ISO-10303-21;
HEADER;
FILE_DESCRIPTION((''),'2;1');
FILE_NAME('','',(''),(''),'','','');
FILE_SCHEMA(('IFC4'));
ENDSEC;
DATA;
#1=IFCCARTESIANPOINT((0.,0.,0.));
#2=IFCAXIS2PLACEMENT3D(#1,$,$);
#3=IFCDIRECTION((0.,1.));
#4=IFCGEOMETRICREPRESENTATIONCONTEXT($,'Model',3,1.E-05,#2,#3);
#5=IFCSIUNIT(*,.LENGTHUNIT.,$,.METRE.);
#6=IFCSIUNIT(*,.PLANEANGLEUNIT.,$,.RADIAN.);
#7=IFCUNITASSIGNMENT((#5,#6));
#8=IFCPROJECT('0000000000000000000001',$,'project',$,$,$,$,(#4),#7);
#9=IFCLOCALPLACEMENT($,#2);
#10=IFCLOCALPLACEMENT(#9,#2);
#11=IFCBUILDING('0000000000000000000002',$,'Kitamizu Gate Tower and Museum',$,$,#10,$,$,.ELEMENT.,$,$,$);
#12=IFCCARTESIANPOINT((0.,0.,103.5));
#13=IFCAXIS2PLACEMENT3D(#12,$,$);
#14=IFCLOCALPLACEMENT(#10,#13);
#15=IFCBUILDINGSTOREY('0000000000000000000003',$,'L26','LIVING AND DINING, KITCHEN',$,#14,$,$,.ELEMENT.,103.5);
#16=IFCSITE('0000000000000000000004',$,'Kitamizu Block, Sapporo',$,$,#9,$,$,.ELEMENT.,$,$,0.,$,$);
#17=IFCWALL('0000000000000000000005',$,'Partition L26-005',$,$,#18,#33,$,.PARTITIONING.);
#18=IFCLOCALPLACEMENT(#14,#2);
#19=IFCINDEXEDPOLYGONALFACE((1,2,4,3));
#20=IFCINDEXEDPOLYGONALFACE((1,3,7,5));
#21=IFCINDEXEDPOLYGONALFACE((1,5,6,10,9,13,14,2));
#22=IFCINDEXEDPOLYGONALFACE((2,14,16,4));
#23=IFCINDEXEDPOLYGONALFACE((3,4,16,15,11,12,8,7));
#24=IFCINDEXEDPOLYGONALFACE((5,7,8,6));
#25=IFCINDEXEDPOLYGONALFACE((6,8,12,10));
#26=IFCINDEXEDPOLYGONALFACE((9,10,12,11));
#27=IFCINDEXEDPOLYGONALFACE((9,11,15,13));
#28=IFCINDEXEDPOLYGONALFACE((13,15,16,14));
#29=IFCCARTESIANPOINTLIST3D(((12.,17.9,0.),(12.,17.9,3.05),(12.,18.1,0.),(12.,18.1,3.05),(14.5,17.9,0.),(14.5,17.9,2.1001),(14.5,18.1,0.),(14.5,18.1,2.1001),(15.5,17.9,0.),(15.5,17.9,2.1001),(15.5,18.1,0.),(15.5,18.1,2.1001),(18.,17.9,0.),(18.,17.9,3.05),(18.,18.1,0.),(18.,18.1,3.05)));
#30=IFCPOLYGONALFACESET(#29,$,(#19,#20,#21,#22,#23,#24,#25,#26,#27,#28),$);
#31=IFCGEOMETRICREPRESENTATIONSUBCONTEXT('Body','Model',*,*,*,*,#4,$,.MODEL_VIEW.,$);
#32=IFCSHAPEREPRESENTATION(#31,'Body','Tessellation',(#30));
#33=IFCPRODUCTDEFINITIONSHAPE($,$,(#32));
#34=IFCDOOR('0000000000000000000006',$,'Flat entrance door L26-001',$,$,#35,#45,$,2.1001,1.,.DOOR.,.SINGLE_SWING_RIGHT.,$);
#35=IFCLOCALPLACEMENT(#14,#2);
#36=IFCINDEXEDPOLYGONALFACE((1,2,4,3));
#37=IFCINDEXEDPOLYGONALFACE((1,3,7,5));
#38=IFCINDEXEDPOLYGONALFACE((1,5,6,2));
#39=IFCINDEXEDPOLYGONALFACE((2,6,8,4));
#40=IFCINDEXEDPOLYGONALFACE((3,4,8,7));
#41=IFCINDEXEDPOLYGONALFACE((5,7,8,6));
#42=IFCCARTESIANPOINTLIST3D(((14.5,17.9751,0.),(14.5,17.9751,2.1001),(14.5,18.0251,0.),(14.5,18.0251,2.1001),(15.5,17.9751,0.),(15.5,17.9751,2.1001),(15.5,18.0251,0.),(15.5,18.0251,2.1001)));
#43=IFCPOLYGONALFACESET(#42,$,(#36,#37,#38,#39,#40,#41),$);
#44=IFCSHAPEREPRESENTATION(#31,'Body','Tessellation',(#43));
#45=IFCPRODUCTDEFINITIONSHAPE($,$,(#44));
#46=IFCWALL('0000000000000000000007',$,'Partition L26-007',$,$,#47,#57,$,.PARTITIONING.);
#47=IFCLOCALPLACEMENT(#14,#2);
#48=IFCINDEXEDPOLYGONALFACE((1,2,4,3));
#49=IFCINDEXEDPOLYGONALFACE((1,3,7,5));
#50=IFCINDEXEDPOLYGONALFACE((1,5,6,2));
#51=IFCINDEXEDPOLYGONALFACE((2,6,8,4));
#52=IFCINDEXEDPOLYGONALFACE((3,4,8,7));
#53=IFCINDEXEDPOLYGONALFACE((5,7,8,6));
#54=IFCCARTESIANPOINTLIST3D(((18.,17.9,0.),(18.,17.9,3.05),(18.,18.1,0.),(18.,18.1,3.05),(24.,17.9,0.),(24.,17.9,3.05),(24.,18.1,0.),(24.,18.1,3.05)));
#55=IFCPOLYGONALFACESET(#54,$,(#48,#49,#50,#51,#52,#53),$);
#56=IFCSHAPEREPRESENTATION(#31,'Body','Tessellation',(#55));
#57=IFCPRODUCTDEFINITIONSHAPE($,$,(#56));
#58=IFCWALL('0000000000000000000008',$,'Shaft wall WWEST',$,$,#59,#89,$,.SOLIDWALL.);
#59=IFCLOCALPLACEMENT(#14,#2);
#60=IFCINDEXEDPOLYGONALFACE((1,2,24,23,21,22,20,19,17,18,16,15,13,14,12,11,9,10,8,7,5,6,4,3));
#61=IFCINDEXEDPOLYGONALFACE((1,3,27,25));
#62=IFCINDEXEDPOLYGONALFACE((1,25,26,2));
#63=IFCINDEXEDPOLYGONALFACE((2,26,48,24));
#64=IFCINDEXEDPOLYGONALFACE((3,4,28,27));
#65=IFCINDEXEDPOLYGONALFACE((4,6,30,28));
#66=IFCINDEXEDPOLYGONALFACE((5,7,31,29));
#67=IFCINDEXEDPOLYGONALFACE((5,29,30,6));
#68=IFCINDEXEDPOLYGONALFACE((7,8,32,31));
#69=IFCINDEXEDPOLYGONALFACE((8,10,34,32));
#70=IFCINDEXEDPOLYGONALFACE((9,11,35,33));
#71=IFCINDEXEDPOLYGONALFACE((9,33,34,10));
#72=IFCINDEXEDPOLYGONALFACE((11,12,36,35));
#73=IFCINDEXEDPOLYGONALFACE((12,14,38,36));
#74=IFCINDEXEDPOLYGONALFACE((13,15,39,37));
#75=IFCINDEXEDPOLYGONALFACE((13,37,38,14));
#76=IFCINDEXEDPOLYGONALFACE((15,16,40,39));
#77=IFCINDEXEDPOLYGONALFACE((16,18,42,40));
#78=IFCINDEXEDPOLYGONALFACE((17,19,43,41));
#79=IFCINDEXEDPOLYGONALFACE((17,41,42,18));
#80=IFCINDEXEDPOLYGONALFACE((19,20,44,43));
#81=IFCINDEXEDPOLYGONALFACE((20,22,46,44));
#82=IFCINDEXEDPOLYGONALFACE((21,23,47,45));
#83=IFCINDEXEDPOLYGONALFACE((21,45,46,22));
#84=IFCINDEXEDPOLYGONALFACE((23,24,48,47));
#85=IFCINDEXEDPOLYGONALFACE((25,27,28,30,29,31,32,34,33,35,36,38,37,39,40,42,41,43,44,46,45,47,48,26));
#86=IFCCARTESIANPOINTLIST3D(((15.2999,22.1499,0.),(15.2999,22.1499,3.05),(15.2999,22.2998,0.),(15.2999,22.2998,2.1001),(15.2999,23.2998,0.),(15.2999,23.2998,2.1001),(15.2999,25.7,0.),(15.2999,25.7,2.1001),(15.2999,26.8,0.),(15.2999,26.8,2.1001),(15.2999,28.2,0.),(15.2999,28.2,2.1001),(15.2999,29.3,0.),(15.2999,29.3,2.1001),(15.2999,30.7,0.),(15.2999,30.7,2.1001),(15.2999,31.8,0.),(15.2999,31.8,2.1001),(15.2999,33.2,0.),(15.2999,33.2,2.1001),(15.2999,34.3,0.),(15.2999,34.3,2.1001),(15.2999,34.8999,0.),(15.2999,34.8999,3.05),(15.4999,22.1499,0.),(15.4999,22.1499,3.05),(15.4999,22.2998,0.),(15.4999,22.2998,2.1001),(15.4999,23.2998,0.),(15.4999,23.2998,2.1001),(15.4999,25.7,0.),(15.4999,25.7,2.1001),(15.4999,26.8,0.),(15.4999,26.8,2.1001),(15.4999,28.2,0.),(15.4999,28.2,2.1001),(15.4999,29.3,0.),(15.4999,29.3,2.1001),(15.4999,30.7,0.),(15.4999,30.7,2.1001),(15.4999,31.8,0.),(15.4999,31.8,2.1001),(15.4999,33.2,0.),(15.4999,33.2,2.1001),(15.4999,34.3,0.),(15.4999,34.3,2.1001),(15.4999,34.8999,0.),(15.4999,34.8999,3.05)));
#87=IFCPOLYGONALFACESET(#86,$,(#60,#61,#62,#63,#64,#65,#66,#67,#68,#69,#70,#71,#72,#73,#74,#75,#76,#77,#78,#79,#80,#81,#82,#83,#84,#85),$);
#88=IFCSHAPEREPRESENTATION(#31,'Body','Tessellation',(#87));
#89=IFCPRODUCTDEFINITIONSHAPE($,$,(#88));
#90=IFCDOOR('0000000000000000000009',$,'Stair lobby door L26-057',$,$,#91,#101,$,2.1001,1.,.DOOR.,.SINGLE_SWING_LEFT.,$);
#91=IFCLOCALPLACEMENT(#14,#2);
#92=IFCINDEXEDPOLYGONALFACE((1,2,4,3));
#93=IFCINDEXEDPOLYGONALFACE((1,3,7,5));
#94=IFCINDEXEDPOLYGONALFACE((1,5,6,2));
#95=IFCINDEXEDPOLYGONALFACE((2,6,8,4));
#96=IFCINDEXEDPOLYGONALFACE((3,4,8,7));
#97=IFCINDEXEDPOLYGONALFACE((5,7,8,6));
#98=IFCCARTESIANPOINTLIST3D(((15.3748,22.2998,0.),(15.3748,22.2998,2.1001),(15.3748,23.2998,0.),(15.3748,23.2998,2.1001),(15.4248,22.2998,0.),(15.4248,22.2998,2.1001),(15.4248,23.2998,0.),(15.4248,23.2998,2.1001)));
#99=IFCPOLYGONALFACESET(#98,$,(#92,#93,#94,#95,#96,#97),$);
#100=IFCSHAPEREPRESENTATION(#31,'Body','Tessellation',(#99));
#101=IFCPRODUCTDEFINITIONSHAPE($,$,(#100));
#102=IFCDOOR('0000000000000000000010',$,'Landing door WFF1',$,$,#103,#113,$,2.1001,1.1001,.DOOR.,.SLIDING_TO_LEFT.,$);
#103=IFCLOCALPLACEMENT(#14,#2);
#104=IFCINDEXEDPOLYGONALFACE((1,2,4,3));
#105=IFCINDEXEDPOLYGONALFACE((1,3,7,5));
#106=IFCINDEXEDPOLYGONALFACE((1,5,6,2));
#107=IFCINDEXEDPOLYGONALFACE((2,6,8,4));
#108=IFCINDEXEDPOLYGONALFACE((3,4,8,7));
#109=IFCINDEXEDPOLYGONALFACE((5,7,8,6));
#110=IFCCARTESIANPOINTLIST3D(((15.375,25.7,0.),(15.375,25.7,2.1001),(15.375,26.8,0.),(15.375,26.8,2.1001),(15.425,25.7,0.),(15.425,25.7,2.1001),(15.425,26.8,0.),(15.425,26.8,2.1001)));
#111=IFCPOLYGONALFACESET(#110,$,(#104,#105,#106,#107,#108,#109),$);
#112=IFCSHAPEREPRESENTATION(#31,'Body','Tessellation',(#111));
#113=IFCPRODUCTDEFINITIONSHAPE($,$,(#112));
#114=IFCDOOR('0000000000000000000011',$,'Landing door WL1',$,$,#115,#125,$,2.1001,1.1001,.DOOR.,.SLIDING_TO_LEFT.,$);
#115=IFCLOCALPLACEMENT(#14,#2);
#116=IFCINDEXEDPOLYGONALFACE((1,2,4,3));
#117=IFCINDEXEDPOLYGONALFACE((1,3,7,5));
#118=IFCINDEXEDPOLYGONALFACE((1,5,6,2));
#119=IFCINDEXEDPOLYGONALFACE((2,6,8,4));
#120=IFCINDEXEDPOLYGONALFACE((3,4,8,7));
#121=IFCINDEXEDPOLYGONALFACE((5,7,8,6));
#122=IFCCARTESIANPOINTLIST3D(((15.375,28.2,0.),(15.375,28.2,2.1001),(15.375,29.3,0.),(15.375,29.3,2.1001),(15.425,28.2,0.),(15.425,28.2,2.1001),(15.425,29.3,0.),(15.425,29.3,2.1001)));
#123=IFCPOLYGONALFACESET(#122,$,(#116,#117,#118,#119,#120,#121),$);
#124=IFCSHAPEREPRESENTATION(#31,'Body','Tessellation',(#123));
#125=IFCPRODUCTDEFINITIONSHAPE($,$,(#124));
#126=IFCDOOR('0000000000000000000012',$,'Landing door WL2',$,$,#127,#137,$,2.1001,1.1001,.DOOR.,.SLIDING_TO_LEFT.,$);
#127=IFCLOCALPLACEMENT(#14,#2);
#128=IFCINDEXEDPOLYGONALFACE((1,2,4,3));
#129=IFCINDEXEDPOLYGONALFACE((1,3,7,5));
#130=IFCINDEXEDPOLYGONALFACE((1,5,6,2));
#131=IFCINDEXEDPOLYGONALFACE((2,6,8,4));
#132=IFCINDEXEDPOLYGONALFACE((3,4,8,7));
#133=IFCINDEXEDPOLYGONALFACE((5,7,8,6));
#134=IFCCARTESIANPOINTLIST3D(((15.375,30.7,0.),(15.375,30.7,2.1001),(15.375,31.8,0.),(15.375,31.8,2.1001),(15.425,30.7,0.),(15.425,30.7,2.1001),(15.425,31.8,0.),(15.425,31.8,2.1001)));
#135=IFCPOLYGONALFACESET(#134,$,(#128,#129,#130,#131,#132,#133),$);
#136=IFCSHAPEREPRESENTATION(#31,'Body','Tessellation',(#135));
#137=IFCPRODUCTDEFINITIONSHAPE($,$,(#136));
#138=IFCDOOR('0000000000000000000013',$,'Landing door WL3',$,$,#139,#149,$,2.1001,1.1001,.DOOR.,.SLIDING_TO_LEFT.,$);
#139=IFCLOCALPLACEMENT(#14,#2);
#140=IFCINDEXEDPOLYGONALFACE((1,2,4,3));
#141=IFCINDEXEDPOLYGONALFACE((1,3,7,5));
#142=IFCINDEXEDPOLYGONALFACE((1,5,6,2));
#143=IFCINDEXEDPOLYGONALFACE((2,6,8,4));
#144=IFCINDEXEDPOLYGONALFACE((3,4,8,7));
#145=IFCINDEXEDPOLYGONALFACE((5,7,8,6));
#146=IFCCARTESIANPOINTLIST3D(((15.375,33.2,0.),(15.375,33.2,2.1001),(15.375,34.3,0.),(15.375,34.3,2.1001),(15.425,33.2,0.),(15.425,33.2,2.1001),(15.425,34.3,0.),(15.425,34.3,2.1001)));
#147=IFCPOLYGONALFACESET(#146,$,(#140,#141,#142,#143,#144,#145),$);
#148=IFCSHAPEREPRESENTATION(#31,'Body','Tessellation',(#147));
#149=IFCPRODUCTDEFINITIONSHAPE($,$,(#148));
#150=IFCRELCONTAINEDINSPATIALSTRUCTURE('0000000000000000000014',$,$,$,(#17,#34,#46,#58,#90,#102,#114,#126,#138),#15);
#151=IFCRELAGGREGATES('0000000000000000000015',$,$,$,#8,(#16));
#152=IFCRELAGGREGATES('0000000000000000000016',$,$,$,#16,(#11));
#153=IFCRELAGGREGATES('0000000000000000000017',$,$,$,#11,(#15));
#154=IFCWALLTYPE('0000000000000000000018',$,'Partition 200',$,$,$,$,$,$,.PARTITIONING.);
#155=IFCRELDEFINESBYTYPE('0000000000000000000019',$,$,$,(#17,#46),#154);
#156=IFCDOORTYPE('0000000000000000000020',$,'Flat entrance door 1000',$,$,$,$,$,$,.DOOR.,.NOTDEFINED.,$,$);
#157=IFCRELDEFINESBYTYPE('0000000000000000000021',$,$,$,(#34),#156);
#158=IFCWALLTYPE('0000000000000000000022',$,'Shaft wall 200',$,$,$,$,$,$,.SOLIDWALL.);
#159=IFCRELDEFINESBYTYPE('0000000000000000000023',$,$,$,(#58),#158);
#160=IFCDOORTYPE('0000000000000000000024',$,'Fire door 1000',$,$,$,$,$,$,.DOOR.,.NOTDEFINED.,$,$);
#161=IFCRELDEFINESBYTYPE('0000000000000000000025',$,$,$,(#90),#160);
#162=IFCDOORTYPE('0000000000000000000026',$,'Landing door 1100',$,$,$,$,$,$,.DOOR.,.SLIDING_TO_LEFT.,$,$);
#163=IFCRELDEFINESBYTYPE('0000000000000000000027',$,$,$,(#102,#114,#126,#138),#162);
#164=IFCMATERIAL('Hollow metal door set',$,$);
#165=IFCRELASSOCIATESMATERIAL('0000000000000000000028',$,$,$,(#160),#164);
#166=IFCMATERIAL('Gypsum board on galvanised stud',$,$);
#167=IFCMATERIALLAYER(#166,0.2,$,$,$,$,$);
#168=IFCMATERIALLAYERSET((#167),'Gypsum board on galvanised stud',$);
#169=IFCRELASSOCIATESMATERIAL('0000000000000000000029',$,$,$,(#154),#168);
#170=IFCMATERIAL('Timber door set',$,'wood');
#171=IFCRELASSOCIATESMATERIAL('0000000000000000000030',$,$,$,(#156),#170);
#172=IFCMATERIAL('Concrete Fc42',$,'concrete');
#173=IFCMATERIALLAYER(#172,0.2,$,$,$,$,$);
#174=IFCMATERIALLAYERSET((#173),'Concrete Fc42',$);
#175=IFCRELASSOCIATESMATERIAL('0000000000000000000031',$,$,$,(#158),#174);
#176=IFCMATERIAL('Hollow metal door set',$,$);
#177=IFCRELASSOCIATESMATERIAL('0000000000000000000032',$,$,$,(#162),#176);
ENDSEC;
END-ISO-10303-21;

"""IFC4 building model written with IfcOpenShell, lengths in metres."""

from ifc_helpers import new_model, si_unit, direction, frame, frame_2d, origin, place, context, subcontext, project, spatial, rectangle, extrude, material, layer, layer_set, type_object, element, fill, save


model = new_model("IFC4")

# Units and contexts
model_context = context("Model", 3, precision=1e-05, world=origin(), true_north=direction((0.0, 1.0)))
body_context = subcontext(model_context, "Body", "Model", "MODEL_VIEW")
ifc_project = project(units=[si_unit("LENGTHUNIT", "METRE"), si_unit("PLANEANGLEUNIT", "RADIAN")], contexts=[model_context])

# Site, building, storey
site_placement = place(None, origin())
site = spatial("IfcSite", under=ifc_project, at=site_placement, Name="Kitamizu Block, Sapporo", CompositionType="ELEMENT", RefElevation=0.0)
building_placement = place(site_placement, origin())
building = spatial("IfcBuilding", under=site, at=building_placement, Name="Kitamizu Gate Tower and Museum", CompositionType="ELEMENT")
storey_placement = place(building_placement, frame((0.0, 0.0, 103.5)))
storey = spatial("IfcBuildingStorey", under=building, at=storey_placement, Name="L26", Description="LIVING AND DINING, KITCHEN", CompositionType="ELEMENT", Elevation=103.5)

# Shared definitions
ifc_material_1 = material(Name="Hollow metal door set")
door_type_1 = type_object("IfcDoorType", Name="Fire door 1000", OperationType="NOTDEFINED", PredefinedType="DOOR", material=ifc_material_1)

# Wall, opening, door
ifc_material_2 = material(Name="Gypsum board on galvanised stud")
ifc_layer_1 = layer(ifc_material_2, 0.2)
ifc_layer_set_1 = layer_set([ifc_layer_1], Name="Gypsum board on galvanised stud")
wall_type_1 = type_object("IfcWallType", Name="Partition 200", PredefinedType="PARTITIONING", material=ifc_layer_set_1)
wall_1_placement = place(storey_placement, frame((18.0, 18.0, 0.0), z_axis=(0.0, 0.0, 1.0), x_axis=(-1.0, 0.0, 0.0)))
wall_1 = element("IfcWall", 1, at=wall_1_placement, inside=storey, type_object=wall_type_1, Name="Partition L26-005", PredefinedType="PARTITIONING", context=body_context, shape_type="SweptSolid", body=[
    extrude(rectangle(XDim=6.0, YDim=0.2, at=frame_2d((3.0, 0.0))), origin(), (0.0, 0.0, 1.0), 3.05),
])
opening_1_placement = place(wall_1_placement, frame((2.5, 0.0, 0.0)))
opening_1 = element("IfcOpeningElement", 2, at=opening_1_placement, cuts=wall_1, PredefinedType="OPENING", context=body_context, shape_type="SweptSolid", body=[
    extrude(rectangle(XDim=1.0, YDim=2.1001, at=frame_2d((0.5, 1.05))), frame((0.0, 0.1099, 0.0), z_axis=(0.0, -1.0, 0.0), x_axis=(1.0, 0.0, 0.0)), (0.0, 0.0, 1.0), 0.22),
])
ifc_material_3 = material(Name="Timber door set", Category="wood")
door_type_2 = type_object("IfcDoorType", Name="Flat entrance door 1000", OperationType="NOTDEFINED", PredefinedType="DOOR", material=ifc_material_3)
door_1_placement = place(opening_1_placement, origin())
door_1 = element("IfcDoor", 3, at=door_1_placement, inside=storey, type_object=door_type_2, Name="Flat entrance door L26-001", OperationType="SINGLE_SWING_RIGHT", OverallHeight=2.1001, OverallWidth=1.0, PredefinedType="DOOR", context=body_context, shape_type="SweptSolid", body=[
    extrude(rectangle(XDim=1.0, YDim=2.1001, at=frame_2d((0.5, 1.05))), frame((0.0, 0.0249, 0.0), z_axis=(0.0, -1.0, 0.0), x_axis=(1.0, 0.0, 0.0)), (0.0, 0.0, 1.0), 0.05),
])
fill(opening_1, door_1)

# Wall
wall_2_placement = place(storey_placement, frame((24.0, 18.0, 0.0), z_axis=(0.0, 0.0, 1.0), x_axis=(-1.0, 0.0, 0.0)))
element("IfcWall", 4, at=wall_2_placement, inside=storey, type_object=wall_type_1, Name="Partition L26-007", PredefinedType="PARTITIONING", context=body_context, shape_type="SweptSolid", body=[
    extrude(rectangle(XDim=6.0, YDim=0.2, at=frame_2d((3.0, 0.0))), origin(), (0.0, 0.0, 1.0), 3.05),
])

# Wall, openings, doors
ifc_material_4 = material(Name="Concrete Fc42", Category="concrete")
ifc_layer_2 = layer(ifc_material_4, 0.2)
ifc_layer_set_2 = layer_set([ifc_layer_2], Name="Concrete Fc42")
wall_type_2 = type_object("IfcWallType", Name="Shaft wall 200", PredefinedType="SOLIDWALL", material=ifc_layer_set_2)
wall_3_placement = place(storey_placement, frame((15.3999, 22.1499, 0.0), z_axis=(0.0, 0.0, 1.0), x_axis=(0.0, 1.0, 0.0)))
wall_3 = element("IfcWall", 5, at=wall_3_placement, inside=storey, type_object=wall_type_2, Name="Shaft wall WWEST", PredefinedType="SOLIDWALL", context=body_context, shape_type="SweptSolid", body=[
    extrude(rectangle(XDim=12.75, YDim=0.2, at=frame_2d((6.375, 0.0))), origin(), (0.0, 0.0, 1.0), 3.05),
])
opening_2_placement = place(wall_3_placement, frame((3.55, 0.0, 0.0)))
opening_2 = element("IfcOpeningElement", 6, at=opening_2_placement, cuts=wall_3, PredefinedType="OPENING", context=body_context, shape_type="SweptSolid", body=[
    extrude(rectangle(XDim=1.1001, YDim=2.1001, at=frame_2d((0.55, 1.05))), frame((0.0, 0.1099, 0.0), z_axis=(0.0, -1.0, 0.0), x_axis=(1.0, 0.0, 0.0)), (0.0, 0.0, 1.0), 0.22),
])
opening_3_placement = place(wall_3_placement, frame((6.05, 0.0, 0.0)))
opening_3 = element("IfcOpeningElement", 7, at=opening_3_placement, cuts=wall_3, PredefinedType="OPENING", context=body_context, shape_type="SweptSolid", body=[
    extrude(rectangle(XDim=1.1001, YDim=2.1001, at=frame_2d((0.55, 1.05))), frame((0.0, 0.1099, 0.0), z_axis=(0.0, -1.0, 0.0), x_axis=(1.0, 0.0, 0.0)), (0.0, 0.0, 1.0), 0.22),
])
opening_4_placement = place(wall_3_placement, frame((8.55, 0.0, 0.0)))
opening_4 = element("IfcOpeningElement", 8, at=opening_4_placement, cuts=wall_3, PredefinedType="OPENING", context=body_context, shape_type="SweptSolid", body=[
    extrude(rectangle(XDim=1.1001, YDim=2.1001, at=frame_2d((0.55, 1.05))), frame((0.0, 0.1099, 0.0), z_axis=(0.0, -1.0, 0.0), x_axis=(1.0, 0.0, 0.0)), (0.0, 0.0, 1.0), 0.22),
])
opening_5_placement = place(wall_3_placement, frame((11.05, 0.0, 0.0)))
opening_5 = element("IfcOpeningElement", 9, at=opening_5_placement, cuts=wall_3, PredefinedType="OPENING", context=body_context, shape_type="SweptSolid", body=[
    extrude(rectangle(XDim=1.1001, YDim=2.1001, at=frame_2d((0.55, 1.05))), frame((0.0, 0.1099, 0.0), z_axis=(0.0, -1.0, 0.0), x_axis=(1.0, 0.0, 0.0)), (0.0, 0.0, 1.0), 0.22),
])
opening_6_placement = place(wall_3_placement, frame((0.1499, 0.0, 0.0)))
opening_6 = element("IfcOpeningElement", 10, at=opening_6_placement, cuts=wall_3, PredefinedType="OPENING", context=body_context, shape_type="SweptSolid", body=[
    extrude(rectangle(XDim=1.0, YDim=2.1001, at=frame_2d((0.5, 1.05))), frame((0.0, 0.1099, 0.0), z_axis=(0.0, -1.0, 0.0), x_axis=(1.0, 0.0, 0.0)), (0.0, 0.0, 1.0), 0.22),
])
door_2_placement = place(opening_6_placement, frame((1.0, 0.0, 0.0), x_axis=(-1.0, 0.0, 0.0)))
door_2 = element("IfcDoor", 11, at=door_2_placement, inside=storey, type_object=door_type_1, Name="Stair lobby door L26-057", OperationType="SINGLE_SWING_LEFT", OverallHeight=2.1001, OverallWidth=1.0, PredefinedType="DOOR", context=body_context, shape_type="SweptSolid", body=[
    extrude(rectangle(XDim=1.0, YDim=2.1001, at=frame_2d((0.5, 1.05))), frame((0.0, 0.0249, 0.0), z_axis=(0.0, -1.0, 0.0), x_axis=(1.0, 0.0, 0.0)), (0.0, 0.0, 1.0), 0.05),
])
fill(opening_6, door_2)
ifc_material_5 = material(Name="Hollow metal door set")
door_type_3 = type_object("IfcDoorType", Name="Landing door 1100", OperationType="SLIDING_TO_LEFT", PredefinedType="DOOR", material=ifc_material_5)
door_3_placement = place(opening_2_placement, origin())
door_3 = element("IfcDoor", 12, at=door_3_placement, inside=storey, type_object=door_type_3, Name="Landing door WFF1", OperationType="SLIDING_TO_LEFT", OverallHeight=2.1001, OverallWidth=1.1001, PredefinedType="DOOR", context=body_context, shape_type="SweptSolid", body=[
    extrude(rectangle(XDim=1.1001, YDim=2.1001, at=frame_2d((0.55, 1.05))), frame((0.0, 0.0249, 0.0), z_axis=(0.0, -1.0, 0.0), x_axis=(1.0, 0.0, 0.0)), (0.0, 0.0, 1.0), 0.05),
])
fill(opening_2, door_3)
door_4_placement = place(opening_3_placement, origin())
door_4 = element("IfcDoor", 13, at=door_4_placement, inside=storey, type_object=door_type_3, Name="Landing door WL1", OperationType="SLIDING_TO_LEFT", OverallHeight=2.1001, OverallWidth=1.1001, PredefinedType="DOOR", context=body_context, shape_type="SweptSolid", body=[
    extrude(rectangle(XDim=1.1001, YDim=2.1001, at=frame_2d((0.55, 1.05))), frame((0.0, 0.0249, 0.0), z_axis=(0.0, -1.0, 0.0), x_axis=(1.0, 0.0, 0.0)), (0.0, 0.0, 1.0), 0.05),
])
fill(opening_3, door_4)
door_5_placement = place(opening_4_placement, origin())
door_5 = element("IfcDoor", 14, at=door_5_placement, inside=storey, type_object=door_type_3, Name="Landing door WL2", OperationType="SLIDING_TO_LEFT", OverallHeight=2.1001, OverallWidth=1.1001, PredefinedType="DOOR", context=body_context, shape_type="SweptSolid", body=[
    extrude(rectangle(XDim=1.1001, YDim=2.1001, at=frame_2d((0.55, 1.05))), frame((0.0, 0.0249, 0.0), z_axis=(0.0, -1.0, 0.0), x_axis=(1.0, 0.0, 0.0)), (0.0, 0.0, 1.0), 0.05),
])
fill(opening_4, door_5)
door_6_placement = place(opening_5_placement, origin())
door_6 = element("IfcDoor", 15, at=door_6_placement, inside=storey, type_object=door_type_3, Name="Landing door WL3", OperationType="SLIDING_TO_LEFT", OverallHeight=2.1001, OverallWidth=1.1001, PredefinedType="DOOR", context=body_context, shape_type="SweptSolid", body=[
    extrude(rectangle(XDim=1.1001, YDim=2.1001, at=frame_2d((0.55, 1.05))), frame((0.0, 0.0249, 0.0), z_axis=(0.0, -1.0, 0.0), x_axis=(1.0, 0.0, 0.0)), (0.0, 0.0, 1.0), 0.05),
])
fill(opening_5, door_6)

save(model, "model.ifc")
